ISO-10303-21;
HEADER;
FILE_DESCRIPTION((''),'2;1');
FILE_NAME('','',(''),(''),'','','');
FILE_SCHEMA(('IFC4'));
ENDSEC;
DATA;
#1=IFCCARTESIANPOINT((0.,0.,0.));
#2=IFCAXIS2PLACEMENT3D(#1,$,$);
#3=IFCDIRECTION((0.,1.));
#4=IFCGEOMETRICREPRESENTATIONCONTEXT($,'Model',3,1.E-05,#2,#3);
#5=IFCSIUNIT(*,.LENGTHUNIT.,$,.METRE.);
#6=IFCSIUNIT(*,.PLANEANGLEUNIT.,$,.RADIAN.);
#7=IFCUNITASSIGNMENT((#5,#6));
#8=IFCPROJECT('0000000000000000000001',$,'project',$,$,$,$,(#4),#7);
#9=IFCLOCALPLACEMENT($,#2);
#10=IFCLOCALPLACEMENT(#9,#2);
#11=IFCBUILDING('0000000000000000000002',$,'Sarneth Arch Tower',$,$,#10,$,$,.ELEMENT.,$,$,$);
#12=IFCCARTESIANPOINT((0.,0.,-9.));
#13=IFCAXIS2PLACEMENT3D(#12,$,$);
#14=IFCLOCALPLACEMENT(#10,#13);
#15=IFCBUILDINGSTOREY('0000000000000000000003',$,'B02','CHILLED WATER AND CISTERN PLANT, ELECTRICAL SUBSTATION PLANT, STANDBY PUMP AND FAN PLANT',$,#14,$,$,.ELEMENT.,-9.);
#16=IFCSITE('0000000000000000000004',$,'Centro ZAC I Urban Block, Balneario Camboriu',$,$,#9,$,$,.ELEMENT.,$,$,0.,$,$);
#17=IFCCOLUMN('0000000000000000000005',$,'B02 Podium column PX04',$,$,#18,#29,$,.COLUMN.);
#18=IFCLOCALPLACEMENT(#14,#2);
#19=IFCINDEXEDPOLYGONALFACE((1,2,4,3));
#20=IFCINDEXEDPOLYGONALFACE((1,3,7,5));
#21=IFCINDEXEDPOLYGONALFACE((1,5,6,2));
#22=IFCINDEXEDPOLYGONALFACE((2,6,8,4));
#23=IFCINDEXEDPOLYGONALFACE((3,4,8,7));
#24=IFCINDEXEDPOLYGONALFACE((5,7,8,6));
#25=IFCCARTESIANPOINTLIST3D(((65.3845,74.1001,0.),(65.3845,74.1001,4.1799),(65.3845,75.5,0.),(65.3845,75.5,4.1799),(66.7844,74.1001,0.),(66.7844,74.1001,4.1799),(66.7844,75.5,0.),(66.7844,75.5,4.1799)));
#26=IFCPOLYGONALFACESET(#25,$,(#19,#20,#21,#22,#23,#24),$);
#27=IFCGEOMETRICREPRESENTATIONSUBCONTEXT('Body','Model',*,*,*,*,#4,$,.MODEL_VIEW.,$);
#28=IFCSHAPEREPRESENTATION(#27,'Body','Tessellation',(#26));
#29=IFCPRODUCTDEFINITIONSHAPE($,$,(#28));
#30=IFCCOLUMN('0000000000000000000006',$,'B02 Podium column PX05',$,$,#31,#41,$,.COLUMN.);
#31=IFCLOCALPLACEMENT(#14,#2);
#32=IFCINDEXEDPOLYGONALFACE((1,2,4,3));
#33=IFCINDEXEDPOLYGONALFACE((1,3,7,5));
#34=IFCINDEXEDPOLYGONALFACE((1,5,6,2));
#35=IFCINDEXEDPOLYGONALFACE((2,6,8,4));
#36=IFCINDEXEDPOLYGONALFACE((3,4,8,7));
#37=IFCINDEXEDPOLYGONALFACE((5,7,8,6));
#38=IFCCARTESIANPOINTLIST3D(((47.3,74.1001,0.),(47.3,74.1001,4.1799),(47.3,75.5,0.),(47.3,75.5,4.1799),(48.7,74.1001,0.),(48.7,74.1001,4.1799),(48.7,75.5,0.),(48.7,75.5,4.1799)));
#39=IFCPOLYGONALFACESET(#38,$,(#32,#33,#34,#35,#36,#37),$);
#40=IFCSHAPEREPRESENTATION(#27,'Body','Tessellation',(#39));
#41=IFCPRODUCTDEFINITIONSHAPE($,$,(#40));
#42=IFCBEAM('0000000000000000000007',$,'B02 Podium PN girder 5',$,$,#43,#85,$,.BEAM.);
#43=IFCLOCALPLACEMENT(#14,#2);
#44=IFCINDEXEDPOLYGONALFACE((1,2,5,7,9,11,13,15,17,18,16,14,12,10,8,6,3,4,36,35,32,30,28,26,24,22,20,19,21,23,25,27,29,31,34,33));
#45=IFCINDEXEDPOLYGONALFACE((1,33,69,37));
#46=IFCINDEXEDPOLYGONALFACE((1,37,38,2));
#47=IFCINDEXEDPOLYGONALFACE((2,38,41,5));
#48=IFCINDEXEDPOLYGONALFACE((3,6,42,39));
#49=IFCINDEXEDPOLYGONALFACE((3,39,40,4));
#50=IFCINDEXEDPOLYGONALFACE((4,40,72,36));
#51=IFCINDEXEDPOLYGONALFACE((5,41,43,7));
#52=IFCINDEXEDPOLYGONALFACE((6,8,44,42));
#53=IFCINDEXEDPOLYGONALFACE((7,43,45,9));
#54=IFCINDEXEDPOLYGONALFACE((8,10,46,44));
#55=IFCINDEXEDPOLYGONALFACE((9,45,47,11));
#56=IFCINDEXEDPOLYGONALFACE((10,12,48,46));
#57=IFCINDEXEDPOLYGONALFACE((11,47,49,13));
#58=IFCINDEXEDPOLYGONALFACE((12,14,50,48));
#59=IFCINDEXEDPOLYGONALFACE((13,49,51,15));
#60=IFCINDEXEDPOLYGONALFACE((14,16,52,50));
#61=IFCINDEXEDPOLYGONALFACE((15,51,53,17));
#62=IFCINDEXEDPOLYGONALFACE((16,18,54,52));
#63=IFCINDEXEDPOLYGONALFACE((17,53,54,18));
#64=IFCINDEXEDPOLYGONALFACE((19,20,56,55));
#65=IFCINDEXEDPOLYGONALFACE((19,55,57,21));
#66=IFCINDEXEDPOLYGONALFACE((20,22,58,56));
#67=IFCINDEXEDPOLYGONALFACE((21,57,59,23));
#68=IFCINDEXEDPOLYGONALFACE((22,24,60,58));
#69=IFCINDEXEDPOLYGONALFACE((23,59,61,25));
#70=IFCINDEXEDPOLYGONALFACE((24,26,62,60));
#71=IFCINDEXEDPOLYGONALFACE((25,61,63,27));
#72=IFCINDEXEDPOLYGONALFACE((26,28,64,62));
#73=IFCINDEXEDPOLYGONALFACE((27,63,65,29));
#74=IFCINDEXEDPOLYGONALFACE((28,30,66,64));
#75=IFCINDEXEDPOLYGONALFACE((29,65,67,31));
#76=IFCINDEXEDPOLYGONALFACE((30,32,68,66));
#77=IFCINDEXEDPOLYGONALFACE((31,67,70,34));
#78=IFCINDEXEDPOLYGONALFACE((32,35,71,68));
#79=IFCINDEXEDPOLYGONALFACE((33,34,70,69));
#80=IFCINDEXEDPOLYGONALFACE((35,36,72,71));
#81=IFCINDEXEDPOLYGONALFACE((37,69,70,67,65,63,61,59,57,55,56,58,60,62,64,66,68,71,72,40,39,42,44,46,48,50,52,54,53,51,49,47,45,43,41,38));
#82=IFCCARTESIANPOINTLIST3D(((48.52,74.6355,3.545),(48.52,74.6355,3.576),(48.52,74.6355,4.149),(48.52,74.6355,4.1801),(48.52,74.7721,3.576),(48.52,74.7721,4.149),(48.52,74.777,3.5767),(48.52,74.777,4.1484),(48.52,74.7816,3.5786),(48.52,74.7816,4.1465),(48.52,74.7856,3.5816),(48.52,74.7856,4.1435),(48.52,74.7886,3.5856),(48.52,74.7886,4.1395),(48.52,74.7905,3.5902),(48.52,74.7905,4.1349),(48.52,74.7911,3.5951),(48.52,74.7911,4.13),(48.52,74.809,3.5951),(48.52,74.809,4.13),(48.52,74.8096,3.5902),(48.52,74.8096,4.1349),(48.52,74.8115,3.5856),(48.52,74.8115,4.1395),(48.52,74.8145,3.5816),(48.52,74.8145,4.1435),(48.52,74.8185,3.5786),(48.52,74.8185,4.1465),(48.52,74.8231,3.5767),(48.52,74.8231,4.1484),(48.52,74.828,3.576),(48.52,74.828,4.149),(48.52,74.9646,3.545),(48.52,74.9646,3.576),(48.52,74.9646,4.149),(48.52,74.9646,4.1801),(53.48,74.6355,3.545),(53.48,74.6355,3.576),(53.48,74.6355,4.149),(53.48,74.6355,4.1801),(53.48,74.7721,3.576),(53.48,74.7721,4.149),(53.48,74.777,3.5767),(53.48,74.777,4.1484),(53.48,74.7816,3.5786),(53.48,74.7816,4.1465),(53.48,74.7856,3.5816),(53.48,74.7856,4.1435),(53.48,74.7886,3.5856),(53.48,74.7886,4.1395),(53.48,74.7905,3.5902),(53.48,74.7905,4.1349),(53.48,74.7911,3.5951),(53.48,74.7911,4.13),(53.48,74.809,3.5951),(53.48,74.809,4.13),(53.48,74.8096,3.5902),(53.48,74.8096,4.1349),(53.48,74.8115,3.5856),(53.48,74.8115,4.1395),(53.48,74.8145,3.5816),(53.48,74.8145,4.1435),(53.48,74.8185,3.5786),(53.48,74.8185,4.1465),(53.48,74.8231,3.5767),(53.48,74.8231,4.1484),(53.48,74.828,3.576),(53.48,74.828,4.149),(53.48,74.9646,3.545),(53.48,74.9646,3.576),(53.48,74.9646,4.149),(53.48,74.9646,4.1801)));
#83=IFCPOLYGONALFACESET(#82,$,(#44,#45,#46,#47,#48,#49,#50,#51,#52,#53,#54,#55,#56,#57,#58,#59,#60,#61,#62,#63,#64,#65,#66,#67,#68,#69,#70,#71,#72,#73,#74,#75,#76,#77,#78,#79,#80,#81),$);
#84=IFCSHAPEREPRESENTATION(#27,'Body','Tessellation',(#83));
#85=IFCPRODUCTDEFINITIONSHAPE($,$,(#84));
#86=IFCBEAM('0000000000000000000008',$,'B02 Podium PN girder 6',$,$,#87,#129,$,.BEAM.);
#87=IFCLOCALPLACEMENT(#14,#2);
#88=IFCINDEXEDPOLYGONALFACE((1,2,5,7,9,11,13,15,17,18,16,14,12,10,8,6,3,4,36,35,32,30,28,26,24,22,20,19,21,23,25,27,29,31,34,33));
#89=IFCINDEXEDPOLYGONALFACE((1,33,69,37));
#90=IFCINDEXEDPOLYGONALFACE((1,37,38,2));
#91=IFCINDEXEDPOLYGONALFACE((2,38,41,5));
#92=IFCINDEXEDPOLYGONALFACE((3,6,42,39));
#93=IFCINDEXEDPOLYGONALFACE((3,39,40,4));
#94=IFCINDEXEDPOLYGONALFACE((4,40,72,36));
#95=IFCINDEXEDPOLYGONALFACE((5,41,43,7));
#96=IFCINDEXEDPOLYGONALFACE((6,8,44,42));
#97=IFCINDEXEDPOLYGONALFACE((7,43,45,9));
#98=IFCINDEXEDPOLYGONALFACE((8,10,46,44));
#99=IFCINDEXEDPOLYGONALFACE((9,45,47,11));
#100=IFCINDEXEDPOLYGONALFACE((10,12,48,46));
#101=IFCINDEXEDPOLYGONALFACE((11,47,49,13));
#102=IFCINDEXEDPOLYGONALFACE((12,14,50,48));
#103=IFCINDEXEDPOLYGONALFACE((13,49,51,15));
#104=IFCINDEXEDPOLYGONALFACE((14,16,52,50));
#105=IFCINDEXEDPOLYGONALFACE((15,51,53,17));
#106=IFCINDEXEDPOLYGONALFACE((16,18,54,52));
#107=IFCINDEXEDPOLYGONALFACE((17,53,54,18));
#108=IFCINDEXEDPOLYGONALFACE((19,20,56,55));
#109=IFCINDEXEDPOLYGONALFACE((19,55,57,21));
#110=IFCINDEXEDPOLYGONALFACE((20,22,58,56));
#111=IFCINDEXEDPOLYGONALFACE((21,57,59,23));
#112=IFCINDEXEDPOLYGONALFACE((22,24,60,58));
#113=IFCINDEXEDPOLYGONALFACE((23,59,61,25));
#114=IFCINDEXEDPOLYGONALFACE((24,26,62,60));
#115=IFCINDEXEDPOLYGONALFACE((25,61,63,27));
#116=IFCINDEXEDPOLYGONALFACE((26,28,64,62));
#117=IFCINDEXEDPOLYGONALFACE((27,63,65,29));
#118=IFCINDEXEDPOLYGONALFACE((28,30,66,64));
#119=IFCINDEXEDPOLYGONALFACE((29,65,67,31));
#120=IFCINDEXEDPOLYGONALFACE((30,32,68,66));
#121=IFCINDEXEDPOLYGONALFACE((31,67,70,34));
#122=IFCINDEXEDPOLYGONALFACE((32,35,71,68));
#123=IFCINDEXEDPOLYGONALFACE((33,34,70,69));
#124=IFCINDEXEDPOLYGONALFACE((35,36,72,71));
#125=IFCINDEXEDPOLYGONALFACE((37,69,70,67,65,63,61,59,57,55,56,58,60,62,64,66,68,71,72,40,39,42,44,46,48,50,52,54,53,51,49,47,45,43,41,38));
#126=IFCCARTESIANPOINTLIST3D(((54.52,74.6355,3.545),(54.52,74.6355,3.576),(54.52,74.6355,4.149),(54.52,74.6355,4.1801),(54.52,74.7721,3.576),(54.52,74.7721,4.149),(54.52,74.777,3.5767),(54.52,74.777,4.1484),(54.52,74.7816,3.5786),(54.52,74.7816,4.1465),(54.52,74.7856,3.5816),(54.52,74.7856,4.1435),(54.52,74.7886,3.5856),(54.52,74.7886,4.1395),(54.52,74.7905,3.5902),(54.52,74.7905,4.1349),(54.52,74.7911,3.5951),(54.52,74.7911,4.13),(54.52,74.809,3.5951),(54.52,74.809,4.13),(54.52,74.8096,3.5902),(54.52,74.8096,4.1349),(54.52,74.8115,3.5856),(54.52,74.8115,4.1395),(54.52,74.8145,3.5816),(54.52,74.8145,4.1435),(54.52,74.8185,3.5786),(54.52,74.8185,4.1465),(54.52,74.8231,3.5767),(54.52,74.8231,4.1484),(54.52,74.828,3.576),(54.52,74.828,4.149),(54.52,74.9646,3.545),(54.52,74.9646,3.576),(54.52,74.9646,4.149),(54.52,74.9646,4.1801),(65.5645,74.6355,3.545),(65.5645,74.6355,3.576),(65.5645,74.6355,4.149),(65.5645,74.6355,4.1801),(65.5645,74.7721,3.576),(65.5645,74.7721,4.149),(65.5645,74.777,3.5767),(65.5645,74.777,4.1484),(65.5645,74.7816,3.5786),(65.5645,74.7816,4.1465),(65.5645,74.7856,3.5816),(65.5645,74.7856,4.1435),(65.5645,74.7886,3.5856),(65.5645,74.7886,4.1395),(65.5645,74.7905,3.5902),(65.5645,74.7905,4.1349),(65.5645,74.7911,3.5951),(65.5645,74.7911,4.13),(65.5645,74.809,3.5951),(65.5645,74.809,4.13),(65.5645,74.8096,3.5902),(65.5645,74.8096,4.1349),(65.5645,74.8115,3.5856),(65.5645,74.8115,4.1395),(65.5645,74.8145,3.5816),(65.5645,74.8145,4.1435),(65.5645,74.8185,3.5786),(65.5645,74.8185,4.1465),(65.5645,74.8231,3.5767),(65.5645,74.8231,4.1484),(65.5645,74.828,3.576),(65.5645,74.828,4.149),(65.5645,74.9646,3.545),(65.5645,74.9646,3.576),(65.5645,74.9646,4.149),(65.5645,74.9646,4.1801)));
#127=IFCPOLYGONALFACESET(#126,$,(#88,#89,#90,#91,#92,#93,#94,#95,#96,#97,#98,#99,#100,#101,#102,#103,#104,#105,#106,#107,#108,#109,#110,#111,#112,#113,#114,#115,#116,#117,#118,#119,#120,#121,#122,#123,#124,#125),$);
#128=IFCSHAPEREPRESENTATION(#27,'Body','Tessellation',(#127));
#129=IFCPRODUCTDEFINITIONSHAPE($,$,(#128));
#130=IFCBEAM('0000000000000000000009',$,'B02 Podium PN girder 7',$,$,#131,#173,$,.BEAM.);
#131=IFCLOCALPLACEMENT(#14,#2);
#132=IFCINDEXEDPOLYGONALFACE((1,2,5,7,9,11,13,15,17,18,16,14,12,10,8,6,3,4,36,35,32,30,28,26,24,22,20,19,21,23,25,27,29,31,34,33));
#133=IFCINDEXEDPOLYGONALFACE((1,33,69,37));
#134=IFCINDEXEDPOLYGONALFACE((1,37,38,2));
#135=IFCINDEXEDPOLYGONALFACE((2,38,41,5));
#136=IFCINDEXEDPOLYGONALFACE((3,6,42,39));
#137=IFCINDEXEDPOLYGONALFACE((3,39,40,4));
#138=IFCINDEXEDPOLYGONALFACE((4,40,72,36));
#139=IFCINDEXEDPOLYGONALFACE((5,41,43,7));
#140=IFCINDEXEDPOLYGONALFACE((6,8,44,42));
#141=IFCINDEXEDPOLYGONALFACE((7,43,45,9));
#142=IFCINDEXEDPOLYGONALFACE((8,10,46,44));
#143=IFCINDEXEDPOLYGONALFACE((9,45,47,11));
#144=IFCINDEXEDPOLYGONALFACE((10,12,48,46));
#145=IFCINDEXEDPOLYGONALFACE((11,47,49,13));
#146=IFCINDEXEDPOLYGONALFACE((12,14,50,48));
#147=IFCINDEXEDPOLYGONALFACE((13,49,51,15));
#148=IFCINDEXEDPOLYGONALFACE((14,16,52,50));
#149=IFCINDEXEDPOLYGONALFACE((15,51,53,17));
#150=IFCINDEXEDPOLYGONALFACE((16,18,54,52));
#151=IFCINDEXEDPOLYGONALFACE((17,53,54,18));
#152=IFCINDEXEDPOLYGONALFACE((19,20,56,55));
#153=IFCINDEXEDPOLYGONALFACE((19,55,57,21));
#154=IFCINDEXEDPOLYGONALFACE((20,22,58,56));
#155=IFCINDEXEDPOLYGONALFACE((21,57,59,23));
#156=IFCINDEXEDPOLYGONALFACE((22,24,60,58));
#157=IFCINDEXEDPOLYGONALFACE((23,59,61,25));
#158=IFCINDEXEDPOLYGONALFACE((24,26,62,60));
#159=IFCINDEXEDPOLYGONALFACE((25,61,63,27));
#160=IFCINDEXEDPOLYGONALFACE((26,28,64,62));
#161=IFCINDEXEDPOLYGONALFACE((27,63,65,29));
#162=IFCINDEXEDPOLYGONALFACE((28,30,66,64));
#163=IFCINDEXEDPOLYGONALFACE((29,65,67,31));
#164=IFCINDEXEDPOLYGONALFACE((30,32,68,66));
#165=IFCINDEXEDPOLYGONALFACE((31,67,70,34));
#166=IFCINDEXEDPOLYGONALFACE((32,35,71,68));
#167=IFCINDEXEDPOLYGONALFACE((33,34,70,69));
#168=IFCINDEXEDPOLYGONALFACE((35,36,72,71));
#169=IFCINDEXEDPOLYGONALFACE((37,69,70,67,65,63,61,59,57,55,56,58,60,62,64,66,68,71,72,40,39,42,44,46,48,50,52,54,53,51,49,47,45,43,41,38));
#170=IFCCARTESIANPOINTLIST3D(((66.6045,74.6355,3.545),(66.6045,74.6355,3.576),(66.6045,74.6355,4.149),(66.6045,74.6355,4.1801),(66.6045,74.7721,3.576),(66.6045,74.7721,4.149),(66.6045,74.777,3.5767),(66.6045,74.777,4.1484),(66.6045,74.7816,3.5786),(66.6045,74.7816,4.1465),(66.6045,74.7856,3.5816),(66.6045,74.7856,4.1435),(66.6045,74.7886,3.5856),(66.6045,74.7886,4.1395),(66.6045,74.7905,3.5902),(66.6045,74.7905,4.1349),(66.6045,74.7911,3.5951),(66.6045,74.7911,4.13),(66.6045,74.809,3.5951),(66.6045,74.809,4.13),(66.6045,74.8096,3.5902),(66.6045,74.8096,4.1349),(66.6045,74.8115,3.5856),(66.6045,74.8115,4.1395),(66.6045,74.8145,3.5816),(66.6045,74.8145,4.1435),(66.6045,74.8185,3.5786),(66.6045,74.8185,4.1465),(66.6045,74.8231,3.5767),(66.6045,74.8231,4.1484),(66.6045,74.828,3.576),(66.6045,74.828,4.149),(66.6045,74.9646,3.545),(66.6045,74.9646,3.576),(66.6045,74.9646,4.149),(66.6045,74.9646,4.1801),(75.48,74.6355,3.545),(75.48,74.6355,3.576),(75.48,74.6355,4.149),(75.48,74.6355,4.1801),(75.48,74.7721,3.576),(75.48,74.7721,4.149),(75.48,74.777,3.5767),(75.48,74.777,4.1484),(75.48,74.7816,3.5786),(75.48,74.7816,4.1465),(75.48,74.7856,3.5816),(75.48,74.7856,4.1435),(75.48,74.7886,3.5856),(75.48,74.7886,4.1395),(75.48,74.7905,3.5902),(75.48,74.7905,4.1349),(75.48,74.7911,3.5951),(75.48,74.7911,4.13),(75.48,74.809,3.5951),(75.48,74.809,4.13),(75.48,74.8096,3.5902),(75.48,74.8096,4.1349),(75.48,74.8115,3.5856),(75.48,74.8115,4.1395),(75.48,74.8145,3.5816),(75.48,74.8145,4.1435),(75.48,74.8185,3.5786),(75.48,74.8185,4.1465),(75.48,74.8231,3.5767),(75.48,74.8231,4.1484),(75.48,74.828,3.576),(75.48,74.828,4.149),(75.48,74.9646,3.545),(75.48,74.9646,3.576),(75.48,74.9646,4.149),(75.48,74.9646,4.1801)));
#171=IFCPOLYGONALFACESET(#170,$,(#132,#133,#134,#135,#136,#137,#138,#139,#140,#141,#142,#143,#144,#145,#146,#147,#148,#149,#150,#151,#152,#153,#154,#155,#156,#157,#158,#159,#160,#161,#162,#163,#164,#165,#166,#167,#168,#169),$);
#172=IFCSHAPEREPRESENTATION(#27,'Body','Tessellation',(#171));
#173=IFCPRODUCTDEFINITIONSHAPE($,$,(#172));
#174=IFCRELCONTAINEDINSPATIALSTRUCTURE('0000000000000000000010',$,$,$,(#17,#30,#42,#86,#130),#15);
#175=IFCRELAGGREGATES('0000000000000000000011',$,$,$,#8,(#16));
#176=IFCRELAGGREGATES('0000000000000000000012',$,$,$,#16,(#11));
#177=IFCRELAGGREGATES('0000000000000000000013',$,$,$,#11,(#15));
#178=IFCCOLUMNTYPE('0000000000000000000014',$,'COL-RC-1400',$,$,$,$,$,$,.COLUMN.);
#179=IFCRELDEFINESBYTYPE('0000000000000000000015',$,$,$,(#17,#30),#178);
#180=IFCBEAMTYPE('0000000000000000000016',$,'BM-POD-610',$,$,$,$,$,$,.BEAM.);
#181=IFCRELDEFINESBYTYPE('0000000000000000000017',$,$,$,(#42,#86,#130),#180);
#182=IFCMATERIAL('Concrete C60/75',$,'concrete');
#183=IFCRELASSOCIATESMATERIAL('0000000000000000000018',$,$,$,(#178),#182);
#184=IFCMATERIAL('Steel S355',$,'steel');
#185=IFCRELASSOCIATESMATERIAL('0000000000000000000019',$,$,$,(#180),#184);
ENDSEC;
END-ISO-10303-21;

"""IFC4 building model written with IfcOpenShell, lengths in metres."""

from ifc_helpers import new_model, si_unit, direction, frame, origin, origin_2d, place, context, subcontext, project, spatial, rectangle, i_section, extrude, material, material_profile, profile_set, type_object, element, save


model = new_model("IFC4")

# Units and contexts
model_context = context("Model", 3, precision=1e-05, world=origin(), true_north=direction((0.0, 1.0)))
body_context = subcontext(model_context, "Body", "Model", "MODEL_VIEW")
ifc_project = project(units=[si_unit("LENGTHUNIT", "METRE"), si_unit("PLANEANGLEUNIT", "RADIAN")], contexts=[model_context])

# Site, building, storey
site_placement = place(None, origin())
site = spatial("IfcSite", under=ifc_project, at=site_placement, Name="Centro ZAC I Urban Block, Balneario Camboriu", CompositionType="ELEMENT", RefElevation=0.0)
building_placement = place(site_placement, origin())
building = spatial("IfcBuilding", under=site, at=building_placement, Name="Sarneth Arch Tower", CompositionType="ELEMENT")
storey_placement = place(building_placement, frame((0.0, 0.0, -9.0)))
storey = spatial("IfcBuildingStorey", under=building, at=storey_placement, Name="B02", Description="CHILLED WATER AND CISTERN PLANT, ELECTRICAL SUBSTATION PLANT, STANDBY PUMP AND FAN PLANT", CompositionType="ELEMENT", Elevation=-9.0)

# Columns
ifc_material_1 = material(Name="Concrete C60/75", Category="concrete")
ifc_material_profile_1 = material_profile(ifc_material_1, rectangle(XDim=1.3999, YDim=1.3999, at=origin_2d()), Name="RC-1400x1400")
ifc_profile_set_1 = profile_set([ifc_material_profile_1], Name="Concrete C60/75")
column_type_1 = type_object("IfcColumnType", Name="COL-RC-1400", PredefinedType="COLUMN", material=ifc_profile_set_1)
for number, where, z_axis, x_axis, name in (
    (1, (66.0845, 74.8, 0.0), (0.0, 0.0, 1.0), (1.0, 0.0, 0.0), "B02 Podium column PX04"),
    (2, (48.0, 74.8, 0.0), (0.0, 0.0, 1.0), (1.0, 0.0, 0.0), "B02 Podium column PX05"),
):
    element("IfcColumn", number, at=place(storey_placement, frame(where, z_axis=z_axis, x_axis=x_axis)), inside=storey, type_object=column_type_1, Name=name, PredefinedType="COLUMN", context=body_context, shape_type="SweptSolid", body=[
        extrude(rectangle(XDim=1.3999, YDim=1.3999, at=origin_2d()), origin(), (0.0, 0.0, 1.0), 4.1799),
    ])

# Beams
ifc_material_2 = material(Name="Steel S355", Category="steel")
ifc_material_profile_2 = material_profile(ifc_material_2, i_section(OverallWidth=0.3291, OverallDepth=0.635, WebThickness=0.0178, FlangeThickness=0.031, FilletRadius=0.019, at=origin_2d()), Name="W610x241")
ifc_profile_set_2 = profile_set([ifc_material_profile_2], Name="Steel S355")
beam_type = type_object("IfcBeamType", Name="BM-POD-610", PredefinedType="BEAM", material=ifc_profile_set_2)
beam_1_placement = place(storey_placement, frame((48.52, 74.8, 3.8625), z_axis=(1.0, 0.0, 0.0), x_axis=(0.0, 1.0, 0.0)))
element("IfcBeam", 3, at=beam_1_placement, inside=storey, type_object=beam_type, Name="B02 Podium PN girder 5", PredefinedType="BEAM", context=body_context, shape_type="SweptSolid", body=[
    extrude(i_section(OverallWidth=0.3291, OverallDepth=0.635, WebThickness=0.0178, FlangeThickness=0.031, FilletRadius=0.019, at=origin_2d()), origin(), (0.0, 0.0, 1.0), 4.96),
])
beam_2_placement = place(storey_placement, frame((54.52, 74.8, 3.8625), z_axis=(1.0, 0.0, 0.0), x_axis=(0.0, 1.0, 0.0)))
element("IfcBeam", 4, at=beam_2_placement, inside=storey, type_object=beam_type, Name="B02 Podium PN girder 6", PredefinedType="BEAM", context=body_context, shape_type="SweptSolid", body=[
    extrude(i_section(OverallWidth=0.3291, OverallDepth=0.635, WebThickness=0.0178, FlangeThickness=0.031, FilletRadius=0.019, at=origin_2d()), origin(), (0.0, 0.0, 1.0), 11.0444),
])
beam_3_placement = place(storey_placement, frame((66.6045, 74.8, 3.8625), z_axis=(1.0, 0.0, 0.0), x_axis=(0.0, 1.0, 0.0)))
element("IfcBeam", 5, at=beam_3_placement, inside=storey, type_object=beam_type, Name="B02 Podium PN girder 7", PredefinedType="BEAM", context=body_context, shape_type="SweptSolid", body=[
    extrude(i_section(OverallWidth=0.3291, OverallDepth=0.635, WebThickness=0.0178, FlangeThickness=0.031, FilletRadius=0.019, at=origin_2d()), origin(), (0.0, 0.0, 1.0), 8.8755),
])

save(model, "model.ifc")
